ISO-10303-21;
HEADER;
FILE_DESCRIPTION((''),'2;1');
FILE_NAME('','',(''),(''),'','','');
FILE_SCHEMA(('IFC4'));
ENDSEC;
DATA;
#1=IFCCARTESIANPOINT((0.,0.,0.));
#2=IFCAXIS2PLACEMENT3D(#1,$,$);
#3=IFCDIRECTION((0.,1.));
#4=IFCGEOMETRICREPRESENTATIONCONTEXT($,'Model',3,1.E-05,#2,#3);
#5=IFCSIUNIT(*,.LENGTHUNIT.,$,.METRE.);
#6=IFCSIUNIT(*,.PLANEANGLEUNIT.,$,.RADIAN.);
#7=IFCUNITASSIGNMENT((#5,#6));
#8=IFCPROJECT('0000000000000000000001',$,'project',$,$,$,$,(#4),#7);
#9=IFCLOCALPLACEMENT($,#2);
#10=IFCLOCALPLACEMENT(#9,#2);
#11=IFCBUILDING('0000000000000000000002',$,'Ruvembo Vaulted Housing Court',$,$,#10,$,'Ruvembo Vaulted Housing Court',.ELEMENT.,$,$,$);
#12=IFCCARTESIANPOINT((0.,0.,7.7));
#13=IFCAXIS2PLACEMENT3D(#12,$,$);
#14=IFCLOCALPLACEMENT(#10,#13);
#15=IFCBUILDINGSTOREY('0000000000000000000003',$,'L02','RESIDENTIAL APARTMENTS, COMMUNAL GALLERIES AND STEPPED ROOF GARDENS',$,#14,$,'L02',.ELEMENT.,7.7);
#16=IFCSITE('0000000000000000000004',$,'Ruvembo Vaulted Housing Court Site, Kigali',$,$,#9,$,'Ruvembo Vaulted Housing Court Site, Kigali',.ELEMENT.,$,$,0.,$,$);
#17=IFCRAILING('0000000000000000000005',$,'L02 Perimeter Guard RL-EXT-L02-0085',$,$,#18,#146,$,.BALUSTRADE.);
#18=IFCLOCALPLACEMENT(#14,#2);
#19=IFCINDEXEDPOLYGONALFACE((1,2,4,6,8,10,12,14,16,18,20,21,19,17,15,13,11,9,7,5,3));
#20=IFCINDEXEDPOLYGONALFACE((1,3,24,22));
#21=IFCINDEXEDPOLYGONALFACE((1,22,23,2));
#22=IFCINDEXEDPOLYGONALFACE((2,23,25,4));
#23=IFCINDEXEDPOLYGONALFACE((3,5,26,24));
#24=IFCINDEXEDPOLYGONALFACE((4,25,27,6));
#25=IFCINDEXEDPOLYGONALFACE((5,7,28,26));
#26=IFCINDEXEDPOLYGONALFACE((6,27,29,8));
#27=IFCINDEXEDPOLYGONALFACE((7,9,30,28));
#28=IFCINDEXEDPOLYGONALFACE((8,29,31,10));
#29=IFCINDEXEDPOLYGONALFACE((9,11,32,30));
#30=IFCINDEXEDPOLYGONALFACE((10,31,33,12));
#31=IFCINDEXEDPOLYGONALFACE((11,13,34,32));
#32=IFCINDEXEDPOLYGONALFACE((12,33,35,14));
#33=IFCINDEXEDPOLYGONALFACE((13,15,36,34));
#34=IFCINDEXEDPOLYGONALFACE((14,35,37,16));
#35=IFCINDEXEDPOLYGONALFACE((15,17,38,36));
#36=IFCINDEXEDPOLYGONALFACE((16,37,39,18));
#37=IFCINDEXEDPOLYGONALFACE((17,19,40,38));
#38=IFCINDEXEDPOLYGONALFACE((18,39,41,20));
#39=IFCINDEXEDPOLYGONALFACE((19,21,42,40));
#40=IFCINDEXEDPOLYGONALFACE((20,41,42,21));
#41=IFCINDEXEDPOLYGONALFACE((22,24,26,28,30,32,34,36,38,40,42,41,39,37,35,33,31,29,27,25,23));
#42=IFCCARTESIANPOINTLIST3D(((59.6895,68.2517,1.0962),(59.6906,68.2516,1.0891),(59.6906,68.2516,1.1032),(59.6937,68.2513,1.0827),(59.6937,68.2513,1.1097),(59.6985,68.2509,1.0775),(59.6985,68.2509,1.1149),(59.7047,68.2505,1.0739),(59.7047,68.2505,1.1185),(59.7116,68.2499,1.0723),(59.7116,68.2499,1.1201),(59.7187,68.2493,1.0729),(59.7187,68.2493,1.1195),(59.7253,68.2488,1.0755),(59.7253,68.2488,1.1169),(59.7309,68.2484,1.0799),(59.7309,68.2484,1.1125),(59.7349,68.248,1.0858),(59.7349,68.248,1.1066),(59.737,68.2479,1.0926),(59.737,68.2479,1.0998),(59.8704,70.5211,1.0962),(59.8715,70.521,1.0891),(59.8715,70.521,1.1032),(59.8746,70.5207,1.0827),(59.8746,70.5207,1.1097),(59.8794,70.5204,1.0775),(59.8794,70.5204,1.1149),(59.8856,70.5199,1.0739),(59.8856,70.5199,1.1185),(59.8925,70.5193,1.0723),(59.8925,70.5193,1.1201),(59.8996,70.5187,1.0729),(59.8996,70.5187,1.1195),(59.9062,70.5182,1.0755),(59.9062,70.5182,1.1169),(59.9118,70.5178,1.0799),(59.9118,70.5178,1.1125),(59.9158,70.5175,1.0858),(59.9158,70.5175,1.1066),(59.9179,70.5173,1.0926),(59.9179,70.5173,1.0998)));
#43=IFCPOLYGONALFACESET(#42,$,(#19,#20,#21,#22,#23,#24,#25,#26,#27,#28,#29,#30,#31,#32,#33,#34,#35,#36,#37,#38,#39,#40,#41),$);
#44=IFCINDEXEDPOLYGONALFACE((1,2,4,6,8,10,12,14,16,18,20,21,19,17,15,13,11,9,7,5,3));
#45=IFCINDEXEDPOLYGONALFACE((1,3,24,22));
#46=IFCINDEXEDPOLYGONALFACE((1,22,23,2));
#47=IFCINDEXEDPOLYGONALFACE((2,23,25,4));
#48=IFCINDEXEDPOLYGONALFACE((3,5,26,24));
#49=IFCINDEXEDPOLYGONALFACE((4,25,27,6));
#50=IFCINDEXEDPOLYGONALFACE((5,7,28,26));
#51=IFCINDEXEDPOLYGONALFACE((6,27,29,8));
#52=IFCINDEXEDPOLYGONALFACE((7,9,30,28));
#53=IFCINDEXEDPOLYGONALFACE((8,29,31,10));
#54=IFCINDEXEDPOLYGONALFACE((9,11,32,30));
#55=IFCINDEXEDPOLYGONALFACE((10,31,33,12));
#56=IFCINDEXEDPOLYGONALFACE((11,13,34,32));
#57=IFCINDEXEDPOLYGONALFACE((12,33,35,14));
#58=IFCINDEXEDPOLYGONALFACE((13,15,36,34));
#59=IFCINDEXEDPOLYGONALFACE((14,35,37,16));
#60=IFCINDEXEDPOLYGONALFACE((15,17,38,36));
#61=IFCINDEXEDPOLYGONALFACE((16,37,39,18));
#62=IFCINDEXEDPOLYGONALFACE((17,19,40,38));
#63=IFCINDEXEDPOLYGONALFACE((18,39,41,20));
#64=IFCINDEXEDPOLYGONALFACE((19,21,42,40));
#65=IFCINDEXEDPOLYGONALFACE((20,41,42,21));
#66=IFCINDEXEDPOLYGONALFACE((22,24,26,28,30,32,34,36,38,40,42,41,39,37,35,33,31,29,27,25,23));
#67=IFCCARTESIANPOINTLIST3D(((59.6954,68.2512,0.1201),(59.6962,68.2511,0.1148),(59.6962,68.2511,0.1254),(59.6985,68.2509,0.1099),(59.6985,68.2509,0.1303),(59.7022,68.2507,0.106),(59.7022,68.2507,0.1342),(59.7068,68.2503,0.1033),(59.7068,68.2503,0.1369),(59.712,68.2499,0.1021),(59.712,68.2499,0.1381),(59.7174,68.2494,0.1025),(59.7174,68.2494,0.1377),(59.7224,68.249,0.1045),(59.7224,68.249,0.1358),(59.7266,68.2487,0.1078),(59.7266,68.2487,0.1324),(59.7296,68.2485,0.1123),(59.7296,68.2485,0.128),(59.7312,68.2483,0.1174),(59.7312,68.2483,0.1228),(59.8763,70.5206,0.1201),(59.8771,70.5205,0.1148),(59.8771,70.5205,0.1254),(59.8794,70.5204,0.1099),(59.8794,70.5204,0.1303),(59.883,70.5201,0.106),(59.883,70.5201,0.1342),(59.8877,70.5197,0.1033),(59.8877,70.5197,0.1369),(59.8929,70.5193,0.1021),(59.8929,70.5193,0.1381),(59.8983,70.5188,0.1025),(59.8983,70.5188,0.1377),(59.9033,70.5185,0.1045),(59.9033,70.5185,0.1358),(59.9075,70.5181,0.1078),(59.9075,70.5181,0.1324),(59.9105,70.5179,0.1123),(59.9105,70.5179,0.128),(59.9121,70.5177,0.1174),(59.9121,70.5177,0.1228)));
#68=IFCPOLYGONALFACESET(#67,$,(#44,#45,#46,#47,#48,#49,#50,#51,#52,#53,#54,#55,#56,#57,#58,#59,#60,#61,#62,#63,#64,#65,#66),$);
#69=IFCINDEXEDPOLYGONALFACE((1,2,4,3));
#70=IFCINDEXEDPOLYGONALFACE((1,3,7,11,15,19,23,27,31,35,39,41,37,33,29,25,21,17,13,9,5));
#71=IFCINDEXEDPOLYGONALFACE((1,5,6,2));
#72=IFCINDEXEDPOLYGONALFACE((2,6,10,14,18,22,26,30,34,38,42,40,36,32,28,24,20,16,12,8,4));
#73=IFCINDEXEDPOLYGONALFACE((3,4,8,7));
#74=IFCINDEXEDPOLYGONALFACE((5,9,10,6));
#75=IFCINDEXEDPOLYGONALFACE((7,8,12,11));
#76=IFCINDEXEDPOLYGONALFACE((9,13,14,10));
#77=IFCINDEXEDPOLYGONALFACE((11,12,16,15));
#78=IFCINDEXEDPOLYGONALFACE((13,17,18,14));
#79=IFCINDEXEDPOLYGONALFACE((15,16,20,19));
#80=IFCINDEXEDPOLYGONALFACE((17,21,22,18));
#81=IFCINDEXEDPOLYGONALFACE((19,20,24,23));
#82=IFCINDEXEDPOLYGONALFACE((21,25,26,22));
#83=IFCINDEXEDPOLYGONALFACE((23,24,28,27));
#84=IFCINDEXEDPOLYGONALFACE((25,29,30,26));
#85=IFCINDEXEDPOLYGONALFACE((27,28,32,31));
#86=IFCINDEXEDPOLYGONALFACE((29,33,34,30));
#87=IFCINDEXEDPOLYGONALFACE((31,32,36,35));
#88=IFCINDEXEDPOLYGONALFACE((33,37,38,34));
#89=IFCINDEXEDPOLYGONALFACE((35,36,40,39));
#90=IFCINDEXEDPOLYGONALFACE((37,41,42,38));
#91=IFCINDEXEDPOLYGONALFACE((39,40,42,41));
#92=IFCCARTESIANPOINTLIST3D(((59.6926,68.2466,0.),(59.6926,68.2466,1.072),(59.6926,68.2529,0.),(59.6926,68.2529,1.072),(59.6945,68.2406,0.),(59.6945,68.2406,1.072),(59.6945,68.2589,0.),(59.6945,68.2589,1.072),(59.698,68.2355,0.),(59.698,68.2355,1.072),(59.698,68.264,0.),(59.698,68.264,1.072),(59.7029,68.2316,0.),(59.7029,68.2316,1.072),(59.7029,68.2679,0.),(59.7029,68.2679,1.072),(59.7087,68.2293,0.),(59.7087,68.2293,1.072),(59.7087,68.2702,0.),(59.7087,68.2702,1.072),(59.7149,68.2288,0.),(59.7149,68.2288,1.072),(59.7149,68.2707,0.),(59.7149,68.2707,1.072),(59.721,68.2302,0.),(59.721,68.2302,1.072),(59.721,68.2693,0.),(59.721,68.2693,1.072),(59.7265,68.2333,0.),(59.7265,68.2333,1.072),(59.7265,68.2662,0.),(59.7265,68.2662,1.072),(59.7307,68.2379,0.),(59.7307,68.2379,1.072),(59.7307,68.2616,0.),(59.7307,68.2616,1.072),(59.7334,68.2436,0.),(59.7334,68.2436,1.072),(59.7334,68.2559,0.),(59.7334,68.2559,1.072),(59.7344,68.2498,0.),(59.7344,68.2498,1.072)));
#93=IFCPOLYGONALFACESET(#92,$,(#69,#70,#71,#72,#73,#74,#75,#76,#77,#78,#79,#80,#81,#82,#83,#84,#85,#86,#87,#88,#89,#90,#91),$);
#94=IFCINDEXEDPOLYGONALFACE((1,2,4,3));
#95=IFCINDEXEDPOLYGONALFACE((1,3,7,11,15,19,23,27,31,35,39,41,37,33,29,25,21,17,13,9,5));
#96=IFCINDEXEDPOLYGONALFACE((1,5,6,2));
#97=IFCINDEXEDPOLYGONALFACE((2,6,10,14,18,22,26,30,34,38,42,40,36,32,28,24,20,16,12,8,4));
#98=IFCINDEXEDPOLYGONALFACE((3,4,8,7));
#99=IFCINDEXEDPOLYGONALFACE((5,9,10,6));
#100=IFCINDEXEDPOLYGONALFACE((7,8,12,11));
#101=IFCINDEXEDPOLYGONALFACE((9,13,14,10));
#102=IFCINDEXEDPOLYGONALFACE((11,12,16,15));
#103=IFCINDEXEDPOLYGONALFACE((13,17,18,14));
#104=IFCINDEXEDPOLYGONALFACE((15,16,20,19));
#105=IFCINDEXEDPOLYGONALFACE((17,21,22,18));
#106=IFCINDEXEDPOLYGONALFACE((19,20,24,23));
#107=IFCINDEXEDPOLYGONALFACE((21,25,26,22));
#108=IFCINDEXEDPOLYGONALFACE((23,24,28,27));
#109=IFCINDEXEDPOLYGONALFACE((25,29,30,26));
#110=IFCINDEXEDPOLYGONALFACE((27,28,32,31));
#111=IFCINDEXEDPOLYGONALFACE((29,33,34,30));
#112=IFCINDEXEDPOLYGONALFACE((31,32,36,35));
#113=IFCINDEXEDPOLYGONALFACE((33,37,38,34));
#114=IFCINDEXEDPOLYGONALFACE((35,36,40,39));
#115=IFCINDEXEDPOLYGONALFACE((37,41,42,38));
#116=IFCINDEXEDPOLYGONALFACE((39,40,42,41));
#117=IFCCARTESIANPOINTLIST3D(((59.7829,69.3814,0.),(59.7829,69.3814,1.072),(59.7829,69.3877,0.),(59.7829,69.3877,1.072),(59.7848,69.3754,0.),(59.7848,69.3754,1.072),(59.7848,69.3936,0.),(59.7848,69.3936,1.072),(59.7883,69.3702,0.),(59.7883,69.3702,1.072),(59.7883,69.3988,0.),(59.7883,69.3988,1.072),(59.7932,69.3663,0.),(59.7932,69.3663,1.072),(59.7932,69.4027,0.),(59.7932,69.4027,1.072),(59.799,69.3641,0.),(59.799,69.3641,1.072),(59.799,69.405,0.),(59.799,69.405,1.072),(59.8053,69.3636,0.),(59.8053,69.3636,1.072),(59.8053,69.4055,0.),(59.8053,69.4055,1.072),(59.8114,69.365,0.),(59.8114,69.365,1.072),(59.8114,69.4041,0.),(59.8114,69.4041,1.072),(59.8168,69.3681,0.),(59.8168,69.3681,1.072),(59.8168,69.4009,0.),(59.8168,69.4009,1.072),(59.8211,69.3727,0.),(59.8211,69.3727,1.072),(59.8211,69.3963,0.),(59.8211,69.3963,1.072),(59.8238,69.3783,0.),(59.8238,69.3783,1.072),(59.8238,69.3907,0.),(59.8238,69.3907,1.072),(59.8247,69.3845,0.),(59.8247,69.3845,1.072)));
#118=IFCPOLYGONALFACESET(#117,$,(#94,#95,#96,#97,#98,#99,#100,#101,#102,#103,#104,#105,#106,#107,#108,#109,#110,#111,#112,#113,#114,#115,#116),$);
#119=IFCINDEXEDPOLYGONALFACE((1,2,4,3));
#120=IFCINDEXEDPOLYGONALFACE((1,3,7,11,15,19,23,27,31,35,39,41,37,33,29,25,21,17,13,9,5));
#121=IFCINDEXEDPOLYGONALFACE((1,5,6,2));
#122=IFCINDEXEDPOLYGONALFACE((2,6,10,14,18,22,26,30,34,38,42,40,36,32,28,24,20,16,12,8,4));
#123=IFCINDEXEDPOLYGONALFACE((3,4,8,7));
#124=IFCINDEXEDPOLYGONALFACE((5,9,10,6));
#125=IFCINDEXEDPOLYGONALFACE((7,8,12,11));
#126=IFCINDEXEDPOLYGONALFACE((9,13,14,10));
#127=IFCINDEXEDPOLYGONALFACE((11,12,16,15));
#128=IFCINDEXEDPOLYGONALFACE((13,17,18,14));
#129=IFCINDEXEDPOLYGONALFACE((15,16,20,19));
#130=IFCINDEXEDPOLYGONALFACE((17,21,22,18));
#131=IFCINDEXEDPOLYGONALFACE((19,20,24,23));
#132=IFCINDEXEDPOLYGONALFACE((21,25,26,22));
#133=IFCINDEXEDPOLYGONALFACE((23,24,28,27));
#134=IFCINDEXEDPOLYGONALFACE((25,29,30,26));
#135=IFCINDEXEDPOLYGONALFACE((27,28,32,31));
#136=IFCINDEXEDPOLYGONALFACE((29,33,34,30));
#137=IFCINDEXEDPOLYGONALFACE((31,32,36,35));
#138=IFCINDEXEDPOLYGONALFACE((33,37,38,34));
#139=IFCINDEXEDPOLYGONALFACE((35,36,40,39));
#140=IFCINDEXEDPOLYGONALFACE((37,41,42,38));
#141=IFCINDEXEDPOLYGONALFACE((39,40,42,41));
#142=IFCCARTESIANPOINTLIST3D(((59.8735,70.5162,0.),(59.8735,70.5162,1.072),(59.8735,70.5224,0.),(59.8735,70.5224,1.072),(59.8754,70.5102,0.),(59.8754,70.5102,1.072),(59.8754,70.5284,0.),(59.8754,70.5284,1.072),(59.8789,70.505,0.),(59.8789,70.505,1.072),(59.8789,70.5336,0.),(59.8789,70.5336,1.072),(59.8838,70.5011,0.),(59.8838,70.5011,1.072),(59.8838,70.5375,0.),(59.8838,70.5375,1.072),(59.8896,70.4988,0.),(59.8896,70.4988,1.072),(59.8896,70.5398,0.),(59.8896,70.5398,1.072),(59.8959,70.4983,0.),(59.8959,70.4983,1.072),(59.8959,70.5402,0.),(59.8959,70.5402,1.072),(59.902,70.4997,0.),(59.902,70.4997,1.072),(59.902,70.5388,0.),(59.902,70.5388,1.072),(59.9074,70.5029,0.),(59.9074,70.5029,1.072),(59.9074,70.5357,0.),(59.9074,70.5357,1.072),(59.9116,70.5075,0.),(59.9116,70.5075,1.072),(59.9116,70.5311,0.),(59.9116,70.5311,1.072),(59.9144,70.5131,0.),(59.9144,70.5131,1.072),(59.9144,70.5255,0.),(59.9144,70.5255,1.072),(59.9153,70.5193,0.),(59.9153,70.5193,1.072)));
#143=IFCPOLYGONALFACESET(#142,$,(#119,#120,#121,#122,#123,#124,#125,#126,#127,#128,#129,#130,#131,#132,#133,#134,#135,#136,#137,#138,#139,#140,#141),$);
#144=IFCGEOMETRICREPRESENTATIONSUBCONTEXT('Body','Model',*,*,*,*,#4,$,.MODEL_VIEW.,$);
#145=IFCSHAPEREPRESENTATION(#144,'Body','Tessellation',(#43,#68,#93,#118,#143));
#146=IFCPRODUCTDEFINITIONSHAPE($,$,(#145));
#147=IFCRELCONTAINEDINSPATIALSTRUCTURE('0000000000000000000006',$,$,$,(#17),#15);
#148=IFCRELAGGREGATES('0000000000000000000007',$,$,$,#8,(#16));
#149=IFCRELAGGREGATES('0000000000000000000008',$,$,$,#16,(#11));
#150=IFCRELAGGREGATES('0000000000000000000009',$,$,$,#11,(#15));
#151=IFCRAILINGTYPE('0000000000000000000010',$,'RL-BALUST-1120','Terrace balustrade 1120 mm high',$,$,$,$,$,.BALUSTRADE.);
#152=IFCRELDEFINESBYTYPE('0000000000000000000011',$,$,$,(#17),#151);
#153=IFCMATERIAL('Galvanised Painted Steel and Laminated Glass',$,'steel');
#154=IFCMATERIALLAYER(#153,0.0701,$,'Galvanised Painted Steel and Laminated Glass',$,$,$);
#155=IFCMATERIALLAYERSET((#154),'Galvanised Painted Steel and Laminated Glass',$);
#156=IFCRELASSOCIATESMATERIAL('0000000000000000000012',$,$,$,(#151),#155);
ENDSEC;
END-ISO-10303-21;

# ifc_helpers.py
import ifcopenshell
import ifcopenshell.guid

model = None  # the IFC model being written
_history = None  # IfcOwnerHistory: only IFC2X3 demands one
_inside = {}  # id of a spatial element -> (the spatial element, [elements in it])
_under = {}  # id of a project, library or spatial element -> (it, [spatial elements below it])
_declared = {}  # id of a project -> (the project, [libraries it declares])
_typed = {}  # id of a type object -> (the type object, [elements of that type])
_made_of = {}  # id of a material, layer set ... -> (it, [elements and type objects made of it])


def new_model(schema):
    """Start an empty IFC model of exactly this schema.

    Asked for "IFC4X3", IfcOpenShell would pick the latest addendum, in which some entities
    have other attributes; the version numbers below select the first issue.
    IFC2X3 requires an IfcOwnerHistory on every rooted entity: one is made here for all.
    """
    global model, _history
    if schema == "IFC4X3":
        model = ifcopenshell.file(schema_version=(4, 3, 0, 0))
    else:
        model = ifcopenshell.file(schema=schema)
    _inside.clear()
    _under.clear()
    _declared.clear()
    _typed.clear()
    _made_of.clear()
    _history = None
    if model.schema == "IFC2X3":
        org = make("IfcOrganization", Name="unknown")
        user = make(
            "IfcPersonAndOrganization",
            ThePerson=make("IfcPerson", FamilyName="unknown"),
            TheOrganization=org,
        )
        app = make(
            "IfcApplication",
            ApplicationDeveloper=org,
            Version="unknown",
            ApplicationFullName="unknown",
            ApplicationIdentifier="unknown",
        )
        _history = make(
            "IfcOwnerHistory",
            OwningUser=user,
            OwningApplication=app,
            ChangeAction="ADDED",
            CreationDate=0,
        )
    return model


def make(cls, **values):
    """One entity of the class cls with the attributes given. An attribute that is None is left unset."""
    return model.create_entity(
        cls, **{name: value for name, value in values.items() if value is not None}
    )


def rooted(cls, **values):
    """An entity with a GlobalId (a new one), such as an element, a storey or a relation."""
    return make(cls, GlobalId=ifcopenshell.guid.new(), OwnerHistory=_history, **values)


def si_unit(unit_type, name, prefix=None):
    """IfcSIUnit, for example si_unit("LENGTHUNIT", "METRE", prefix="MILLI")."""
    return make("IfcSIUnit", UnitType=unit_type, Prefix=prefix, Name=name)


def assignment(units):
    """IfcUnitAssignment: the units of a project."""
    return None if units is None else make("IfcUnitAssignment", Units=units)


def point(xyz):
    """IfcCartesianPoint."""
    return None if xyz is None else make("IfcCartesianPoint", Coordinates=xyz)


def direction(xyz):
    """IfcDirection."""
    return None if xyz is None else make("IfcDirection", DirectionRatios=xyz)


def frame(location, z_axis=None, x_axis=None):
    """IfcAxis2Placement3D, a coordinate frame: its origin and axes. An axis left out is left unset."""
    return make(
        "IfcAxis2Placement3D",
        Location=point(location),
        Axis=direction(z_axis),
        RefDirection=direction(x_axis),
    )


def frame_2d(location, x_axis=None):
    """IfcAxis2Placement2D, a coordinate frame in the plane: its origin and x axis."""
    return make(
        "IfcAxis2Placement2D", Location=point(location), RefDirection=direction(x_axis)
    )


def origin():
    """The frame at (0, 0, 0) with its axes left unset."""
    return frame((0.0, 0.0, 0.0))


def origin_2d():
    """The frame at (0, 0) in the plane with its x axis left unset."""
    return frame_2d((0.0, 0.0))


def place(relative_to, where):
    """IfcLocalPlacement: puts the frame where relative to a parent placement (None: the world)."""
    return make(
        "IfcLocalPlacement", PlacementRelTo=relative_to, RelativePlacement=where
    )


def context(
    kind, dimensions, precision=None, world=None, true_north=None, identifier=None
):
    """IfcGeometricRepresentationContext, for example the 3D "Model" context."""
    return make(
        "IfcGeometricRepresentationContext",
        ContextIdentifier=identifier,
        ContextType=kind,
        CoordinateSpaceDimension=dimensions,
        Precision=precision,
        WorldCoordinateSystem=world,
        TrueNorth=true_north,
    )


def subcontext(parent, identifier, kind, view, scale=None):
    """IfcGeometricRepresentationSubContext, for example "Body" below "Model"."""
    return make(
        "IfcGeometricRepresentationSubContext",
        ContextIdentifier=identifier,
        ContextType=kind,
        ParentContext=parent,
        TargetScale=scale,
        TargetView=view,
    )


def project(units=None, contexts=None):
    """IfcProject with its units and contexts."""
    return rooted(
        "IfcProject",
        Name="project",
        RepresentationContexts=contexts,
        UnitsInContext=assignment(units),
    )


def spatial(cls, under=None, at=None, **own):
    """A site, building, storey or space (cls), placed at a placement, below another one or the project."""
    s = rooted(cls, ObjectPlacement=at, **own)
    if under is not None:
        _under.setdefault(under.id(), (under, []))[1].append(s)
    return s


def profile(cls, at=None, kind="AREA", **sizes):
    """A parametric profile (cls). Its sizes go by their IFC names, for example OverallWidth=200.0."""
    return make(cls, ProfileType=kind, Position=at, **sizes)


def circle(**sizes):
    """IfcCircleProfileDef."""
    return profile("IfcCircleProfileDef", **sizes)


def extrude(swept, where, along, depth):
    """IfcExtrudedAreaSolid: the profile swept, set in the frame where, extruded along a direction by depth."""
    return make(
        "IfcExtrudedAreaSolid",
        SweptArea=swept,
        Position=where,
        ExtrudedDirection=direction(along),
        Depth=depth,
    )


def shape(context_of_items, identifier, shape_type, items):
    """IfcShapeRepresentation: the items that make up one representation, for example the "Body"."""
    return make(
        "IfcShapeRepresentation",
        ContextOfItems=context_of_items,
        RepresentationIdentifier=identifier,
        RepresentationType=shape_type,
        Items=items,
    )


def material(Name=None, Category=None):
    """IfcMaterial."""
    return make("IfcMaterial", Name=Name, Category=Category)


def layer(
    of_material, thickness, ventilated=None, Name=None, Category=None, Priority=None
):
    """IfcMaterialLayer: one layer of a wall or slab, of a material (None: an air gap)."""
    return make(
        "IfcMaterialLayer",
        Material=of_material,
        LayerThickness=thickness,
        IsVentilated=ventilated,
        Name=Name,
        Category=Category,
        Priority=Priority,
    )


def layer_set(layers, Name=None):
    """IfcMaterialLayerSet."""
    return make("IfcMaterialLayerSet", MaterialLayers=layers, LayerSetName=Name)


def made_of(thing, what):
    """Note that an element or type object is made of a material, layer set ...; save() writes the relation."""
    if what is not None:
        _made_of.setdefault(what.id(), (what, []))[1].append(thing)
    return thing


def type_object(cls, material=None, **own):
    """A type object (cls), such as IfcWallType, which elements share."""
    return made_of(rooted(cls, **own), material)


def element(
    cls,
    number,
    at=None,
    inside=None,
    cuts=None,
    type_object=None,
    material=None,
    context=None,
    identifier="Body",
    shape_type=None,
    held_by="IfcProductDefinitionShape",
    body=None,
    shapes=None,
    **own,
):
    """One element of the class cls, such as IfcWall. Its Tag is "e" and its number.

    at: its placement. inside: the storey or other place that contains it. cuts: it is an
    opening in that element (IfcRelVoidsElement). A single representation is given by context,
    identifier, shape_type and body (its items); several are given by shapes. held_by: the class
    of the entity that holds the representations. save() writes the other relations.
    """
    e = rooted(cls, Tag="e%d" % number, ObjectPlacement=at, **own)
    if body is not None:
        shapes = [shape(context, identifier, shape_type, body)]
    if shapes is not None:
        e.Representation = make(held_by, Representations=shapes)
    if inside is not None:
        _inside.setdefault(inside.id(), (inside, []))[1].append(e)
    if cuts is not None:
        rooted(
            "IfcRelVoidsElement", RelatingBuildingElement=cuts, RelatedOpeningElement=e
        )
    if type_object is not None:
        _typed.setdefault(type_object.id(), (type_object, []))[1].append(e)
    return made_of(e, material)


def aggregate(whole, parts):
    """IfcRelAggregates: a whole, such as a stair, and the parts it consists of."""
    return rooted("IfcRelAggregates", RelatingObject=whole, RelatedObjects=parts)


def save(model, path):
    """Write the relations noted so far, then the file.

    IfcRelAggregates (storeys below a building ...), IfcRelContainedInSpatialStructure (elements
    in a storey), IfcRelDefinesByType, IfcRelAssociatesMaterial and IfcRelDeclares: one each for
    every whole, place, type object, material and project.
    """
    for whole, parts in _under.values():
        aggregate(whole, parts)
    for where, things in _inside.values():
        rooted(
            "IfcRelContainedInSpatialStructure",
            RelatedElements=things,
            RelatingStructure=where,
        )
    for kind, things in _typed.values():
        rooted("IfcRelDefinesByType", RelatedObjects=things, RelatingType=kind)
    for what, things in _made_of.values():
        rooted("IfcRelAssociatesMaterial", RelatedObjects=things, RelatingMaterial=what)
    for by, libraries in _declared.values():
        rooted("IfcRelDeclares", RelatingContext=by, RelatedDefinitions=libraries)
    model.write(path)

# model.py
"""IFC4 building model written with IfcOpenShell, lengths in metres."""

from ifc_helpers import new_model, si_unit, direction, frame, origin, origin_2d, place, context, subcontext, project, spatial, circle, extrude, material, layer, layer_set, type_object, element, save


model = new_model("IFC4")

# Units and contexts
model_context = context("Model", 3, precision=1e-05, world=origin(), true_north=direction((0.0, 1.0)))
body_context = subcontext(model_context, "Body", "Model", "MODEL_VIEW")
ifc_project = project(units=[si_unit("LENGTHUNIT", "METRE"), si_unit("PLANEANGLEUNIT", "RADIAN")], contexts=[model_context])

# Site, building, storey
site_placement = place(None, origin())
site = spatial("IfcSite", under=ifc_project, at=site_placement, Name="Ruvembo Vaulted Housing Court Site, Kigali", LongName="Ruvembo Vaulted Housing Court Site, Kigali", CompositionType="ELEMENT", RefElevation=0.0)
building_placement = place(site_placement, origin())
building = spatial("IfcBuilding", under=site, at=building_placement, Name="Ruvembo Vaulted Housing Court", LongName="Ruvembo Vaulted Housing Court", CompositionType="ELEMENT")
storey_placement = place(building_placement, frame((0.0, 0.0, 7.7)))
storey = spatial("IfcBuildingStorey", under=building, at=storey_placement, Name="L02", Description="RESIDENTIAL APARTMENTS, COMMUNAL GALLERIES AND STEPPED ROOF GARDENS", LongName="L02", CompositionType="ELEMENT", Elevation=7.7)

# Railing
ifc_material_1 = material(Name="Galvanised Painted Steel and Laminated Glass", Category="steel")
ifc_layer_1 = layer(ifc_material_1, 0.0701, Name="Galvanised Painted Steel and Laminated Glass")
ifc_layer_set_1 = layer_set([ifc_layer_1], Name="Galvanised Painted Steel and Laminated Glass")
railing_type = type_object("IfcRailingType", Name="RL-BALUST-1120", Description="Terrace balustrade 1120 mm high", PredefinedType="BALUSTRADE", material=ifc_layer_set_1)
railing_placement = place(storey_placement, frame((59.7134, 68.2498, 0.0)))
element("IfcRailing", 1, at=railing_placement, inside=storey, type_object=railing_type, Name="L02 Perimeter Guard RL-EXT-L02-0085", PredefinedType="BALUSTRADE", context=body_context, shape_type="SweptSolid", body=[
    extrude(circle(Radius=0.0239, at=origin_2d()), frame((0.0, 0.0, 1.0962), z_axis=(0.07946, 0.996838, 0.0), x_axis=(-0.996838, 0.07946, 0.0)), (0.0, 0.0, 1.0), 2.2766),
    extrude(circle(Radius=0.0181, at=origin_2d()), frame((0.0, 0.0, 0.1201), z_axis=(0.07946, 0.996838, 0.0), x_axis=(-0.996838, 0.07946, 0.0)), (0.0, 0.0, 1.0), 2.2766),
    extrude(circle(Radius=0.021, at=origin_2d()), origin(), (0.0, 0.0, 1.0), 1.072),
    extrude(circle(Radius=0.021, at=origin_2d()), frame((0.0903, 1.1348, 0.0)), (0.0, 0.0, 1.0), 1.072),
    extrude(circle(Radius=0.021, at=origin_2d()), frame((0.1809, 2.2695, 0.0)), (0.0, 0.0, 1.0), 1.072),
])

save(model, "model.ifc")
